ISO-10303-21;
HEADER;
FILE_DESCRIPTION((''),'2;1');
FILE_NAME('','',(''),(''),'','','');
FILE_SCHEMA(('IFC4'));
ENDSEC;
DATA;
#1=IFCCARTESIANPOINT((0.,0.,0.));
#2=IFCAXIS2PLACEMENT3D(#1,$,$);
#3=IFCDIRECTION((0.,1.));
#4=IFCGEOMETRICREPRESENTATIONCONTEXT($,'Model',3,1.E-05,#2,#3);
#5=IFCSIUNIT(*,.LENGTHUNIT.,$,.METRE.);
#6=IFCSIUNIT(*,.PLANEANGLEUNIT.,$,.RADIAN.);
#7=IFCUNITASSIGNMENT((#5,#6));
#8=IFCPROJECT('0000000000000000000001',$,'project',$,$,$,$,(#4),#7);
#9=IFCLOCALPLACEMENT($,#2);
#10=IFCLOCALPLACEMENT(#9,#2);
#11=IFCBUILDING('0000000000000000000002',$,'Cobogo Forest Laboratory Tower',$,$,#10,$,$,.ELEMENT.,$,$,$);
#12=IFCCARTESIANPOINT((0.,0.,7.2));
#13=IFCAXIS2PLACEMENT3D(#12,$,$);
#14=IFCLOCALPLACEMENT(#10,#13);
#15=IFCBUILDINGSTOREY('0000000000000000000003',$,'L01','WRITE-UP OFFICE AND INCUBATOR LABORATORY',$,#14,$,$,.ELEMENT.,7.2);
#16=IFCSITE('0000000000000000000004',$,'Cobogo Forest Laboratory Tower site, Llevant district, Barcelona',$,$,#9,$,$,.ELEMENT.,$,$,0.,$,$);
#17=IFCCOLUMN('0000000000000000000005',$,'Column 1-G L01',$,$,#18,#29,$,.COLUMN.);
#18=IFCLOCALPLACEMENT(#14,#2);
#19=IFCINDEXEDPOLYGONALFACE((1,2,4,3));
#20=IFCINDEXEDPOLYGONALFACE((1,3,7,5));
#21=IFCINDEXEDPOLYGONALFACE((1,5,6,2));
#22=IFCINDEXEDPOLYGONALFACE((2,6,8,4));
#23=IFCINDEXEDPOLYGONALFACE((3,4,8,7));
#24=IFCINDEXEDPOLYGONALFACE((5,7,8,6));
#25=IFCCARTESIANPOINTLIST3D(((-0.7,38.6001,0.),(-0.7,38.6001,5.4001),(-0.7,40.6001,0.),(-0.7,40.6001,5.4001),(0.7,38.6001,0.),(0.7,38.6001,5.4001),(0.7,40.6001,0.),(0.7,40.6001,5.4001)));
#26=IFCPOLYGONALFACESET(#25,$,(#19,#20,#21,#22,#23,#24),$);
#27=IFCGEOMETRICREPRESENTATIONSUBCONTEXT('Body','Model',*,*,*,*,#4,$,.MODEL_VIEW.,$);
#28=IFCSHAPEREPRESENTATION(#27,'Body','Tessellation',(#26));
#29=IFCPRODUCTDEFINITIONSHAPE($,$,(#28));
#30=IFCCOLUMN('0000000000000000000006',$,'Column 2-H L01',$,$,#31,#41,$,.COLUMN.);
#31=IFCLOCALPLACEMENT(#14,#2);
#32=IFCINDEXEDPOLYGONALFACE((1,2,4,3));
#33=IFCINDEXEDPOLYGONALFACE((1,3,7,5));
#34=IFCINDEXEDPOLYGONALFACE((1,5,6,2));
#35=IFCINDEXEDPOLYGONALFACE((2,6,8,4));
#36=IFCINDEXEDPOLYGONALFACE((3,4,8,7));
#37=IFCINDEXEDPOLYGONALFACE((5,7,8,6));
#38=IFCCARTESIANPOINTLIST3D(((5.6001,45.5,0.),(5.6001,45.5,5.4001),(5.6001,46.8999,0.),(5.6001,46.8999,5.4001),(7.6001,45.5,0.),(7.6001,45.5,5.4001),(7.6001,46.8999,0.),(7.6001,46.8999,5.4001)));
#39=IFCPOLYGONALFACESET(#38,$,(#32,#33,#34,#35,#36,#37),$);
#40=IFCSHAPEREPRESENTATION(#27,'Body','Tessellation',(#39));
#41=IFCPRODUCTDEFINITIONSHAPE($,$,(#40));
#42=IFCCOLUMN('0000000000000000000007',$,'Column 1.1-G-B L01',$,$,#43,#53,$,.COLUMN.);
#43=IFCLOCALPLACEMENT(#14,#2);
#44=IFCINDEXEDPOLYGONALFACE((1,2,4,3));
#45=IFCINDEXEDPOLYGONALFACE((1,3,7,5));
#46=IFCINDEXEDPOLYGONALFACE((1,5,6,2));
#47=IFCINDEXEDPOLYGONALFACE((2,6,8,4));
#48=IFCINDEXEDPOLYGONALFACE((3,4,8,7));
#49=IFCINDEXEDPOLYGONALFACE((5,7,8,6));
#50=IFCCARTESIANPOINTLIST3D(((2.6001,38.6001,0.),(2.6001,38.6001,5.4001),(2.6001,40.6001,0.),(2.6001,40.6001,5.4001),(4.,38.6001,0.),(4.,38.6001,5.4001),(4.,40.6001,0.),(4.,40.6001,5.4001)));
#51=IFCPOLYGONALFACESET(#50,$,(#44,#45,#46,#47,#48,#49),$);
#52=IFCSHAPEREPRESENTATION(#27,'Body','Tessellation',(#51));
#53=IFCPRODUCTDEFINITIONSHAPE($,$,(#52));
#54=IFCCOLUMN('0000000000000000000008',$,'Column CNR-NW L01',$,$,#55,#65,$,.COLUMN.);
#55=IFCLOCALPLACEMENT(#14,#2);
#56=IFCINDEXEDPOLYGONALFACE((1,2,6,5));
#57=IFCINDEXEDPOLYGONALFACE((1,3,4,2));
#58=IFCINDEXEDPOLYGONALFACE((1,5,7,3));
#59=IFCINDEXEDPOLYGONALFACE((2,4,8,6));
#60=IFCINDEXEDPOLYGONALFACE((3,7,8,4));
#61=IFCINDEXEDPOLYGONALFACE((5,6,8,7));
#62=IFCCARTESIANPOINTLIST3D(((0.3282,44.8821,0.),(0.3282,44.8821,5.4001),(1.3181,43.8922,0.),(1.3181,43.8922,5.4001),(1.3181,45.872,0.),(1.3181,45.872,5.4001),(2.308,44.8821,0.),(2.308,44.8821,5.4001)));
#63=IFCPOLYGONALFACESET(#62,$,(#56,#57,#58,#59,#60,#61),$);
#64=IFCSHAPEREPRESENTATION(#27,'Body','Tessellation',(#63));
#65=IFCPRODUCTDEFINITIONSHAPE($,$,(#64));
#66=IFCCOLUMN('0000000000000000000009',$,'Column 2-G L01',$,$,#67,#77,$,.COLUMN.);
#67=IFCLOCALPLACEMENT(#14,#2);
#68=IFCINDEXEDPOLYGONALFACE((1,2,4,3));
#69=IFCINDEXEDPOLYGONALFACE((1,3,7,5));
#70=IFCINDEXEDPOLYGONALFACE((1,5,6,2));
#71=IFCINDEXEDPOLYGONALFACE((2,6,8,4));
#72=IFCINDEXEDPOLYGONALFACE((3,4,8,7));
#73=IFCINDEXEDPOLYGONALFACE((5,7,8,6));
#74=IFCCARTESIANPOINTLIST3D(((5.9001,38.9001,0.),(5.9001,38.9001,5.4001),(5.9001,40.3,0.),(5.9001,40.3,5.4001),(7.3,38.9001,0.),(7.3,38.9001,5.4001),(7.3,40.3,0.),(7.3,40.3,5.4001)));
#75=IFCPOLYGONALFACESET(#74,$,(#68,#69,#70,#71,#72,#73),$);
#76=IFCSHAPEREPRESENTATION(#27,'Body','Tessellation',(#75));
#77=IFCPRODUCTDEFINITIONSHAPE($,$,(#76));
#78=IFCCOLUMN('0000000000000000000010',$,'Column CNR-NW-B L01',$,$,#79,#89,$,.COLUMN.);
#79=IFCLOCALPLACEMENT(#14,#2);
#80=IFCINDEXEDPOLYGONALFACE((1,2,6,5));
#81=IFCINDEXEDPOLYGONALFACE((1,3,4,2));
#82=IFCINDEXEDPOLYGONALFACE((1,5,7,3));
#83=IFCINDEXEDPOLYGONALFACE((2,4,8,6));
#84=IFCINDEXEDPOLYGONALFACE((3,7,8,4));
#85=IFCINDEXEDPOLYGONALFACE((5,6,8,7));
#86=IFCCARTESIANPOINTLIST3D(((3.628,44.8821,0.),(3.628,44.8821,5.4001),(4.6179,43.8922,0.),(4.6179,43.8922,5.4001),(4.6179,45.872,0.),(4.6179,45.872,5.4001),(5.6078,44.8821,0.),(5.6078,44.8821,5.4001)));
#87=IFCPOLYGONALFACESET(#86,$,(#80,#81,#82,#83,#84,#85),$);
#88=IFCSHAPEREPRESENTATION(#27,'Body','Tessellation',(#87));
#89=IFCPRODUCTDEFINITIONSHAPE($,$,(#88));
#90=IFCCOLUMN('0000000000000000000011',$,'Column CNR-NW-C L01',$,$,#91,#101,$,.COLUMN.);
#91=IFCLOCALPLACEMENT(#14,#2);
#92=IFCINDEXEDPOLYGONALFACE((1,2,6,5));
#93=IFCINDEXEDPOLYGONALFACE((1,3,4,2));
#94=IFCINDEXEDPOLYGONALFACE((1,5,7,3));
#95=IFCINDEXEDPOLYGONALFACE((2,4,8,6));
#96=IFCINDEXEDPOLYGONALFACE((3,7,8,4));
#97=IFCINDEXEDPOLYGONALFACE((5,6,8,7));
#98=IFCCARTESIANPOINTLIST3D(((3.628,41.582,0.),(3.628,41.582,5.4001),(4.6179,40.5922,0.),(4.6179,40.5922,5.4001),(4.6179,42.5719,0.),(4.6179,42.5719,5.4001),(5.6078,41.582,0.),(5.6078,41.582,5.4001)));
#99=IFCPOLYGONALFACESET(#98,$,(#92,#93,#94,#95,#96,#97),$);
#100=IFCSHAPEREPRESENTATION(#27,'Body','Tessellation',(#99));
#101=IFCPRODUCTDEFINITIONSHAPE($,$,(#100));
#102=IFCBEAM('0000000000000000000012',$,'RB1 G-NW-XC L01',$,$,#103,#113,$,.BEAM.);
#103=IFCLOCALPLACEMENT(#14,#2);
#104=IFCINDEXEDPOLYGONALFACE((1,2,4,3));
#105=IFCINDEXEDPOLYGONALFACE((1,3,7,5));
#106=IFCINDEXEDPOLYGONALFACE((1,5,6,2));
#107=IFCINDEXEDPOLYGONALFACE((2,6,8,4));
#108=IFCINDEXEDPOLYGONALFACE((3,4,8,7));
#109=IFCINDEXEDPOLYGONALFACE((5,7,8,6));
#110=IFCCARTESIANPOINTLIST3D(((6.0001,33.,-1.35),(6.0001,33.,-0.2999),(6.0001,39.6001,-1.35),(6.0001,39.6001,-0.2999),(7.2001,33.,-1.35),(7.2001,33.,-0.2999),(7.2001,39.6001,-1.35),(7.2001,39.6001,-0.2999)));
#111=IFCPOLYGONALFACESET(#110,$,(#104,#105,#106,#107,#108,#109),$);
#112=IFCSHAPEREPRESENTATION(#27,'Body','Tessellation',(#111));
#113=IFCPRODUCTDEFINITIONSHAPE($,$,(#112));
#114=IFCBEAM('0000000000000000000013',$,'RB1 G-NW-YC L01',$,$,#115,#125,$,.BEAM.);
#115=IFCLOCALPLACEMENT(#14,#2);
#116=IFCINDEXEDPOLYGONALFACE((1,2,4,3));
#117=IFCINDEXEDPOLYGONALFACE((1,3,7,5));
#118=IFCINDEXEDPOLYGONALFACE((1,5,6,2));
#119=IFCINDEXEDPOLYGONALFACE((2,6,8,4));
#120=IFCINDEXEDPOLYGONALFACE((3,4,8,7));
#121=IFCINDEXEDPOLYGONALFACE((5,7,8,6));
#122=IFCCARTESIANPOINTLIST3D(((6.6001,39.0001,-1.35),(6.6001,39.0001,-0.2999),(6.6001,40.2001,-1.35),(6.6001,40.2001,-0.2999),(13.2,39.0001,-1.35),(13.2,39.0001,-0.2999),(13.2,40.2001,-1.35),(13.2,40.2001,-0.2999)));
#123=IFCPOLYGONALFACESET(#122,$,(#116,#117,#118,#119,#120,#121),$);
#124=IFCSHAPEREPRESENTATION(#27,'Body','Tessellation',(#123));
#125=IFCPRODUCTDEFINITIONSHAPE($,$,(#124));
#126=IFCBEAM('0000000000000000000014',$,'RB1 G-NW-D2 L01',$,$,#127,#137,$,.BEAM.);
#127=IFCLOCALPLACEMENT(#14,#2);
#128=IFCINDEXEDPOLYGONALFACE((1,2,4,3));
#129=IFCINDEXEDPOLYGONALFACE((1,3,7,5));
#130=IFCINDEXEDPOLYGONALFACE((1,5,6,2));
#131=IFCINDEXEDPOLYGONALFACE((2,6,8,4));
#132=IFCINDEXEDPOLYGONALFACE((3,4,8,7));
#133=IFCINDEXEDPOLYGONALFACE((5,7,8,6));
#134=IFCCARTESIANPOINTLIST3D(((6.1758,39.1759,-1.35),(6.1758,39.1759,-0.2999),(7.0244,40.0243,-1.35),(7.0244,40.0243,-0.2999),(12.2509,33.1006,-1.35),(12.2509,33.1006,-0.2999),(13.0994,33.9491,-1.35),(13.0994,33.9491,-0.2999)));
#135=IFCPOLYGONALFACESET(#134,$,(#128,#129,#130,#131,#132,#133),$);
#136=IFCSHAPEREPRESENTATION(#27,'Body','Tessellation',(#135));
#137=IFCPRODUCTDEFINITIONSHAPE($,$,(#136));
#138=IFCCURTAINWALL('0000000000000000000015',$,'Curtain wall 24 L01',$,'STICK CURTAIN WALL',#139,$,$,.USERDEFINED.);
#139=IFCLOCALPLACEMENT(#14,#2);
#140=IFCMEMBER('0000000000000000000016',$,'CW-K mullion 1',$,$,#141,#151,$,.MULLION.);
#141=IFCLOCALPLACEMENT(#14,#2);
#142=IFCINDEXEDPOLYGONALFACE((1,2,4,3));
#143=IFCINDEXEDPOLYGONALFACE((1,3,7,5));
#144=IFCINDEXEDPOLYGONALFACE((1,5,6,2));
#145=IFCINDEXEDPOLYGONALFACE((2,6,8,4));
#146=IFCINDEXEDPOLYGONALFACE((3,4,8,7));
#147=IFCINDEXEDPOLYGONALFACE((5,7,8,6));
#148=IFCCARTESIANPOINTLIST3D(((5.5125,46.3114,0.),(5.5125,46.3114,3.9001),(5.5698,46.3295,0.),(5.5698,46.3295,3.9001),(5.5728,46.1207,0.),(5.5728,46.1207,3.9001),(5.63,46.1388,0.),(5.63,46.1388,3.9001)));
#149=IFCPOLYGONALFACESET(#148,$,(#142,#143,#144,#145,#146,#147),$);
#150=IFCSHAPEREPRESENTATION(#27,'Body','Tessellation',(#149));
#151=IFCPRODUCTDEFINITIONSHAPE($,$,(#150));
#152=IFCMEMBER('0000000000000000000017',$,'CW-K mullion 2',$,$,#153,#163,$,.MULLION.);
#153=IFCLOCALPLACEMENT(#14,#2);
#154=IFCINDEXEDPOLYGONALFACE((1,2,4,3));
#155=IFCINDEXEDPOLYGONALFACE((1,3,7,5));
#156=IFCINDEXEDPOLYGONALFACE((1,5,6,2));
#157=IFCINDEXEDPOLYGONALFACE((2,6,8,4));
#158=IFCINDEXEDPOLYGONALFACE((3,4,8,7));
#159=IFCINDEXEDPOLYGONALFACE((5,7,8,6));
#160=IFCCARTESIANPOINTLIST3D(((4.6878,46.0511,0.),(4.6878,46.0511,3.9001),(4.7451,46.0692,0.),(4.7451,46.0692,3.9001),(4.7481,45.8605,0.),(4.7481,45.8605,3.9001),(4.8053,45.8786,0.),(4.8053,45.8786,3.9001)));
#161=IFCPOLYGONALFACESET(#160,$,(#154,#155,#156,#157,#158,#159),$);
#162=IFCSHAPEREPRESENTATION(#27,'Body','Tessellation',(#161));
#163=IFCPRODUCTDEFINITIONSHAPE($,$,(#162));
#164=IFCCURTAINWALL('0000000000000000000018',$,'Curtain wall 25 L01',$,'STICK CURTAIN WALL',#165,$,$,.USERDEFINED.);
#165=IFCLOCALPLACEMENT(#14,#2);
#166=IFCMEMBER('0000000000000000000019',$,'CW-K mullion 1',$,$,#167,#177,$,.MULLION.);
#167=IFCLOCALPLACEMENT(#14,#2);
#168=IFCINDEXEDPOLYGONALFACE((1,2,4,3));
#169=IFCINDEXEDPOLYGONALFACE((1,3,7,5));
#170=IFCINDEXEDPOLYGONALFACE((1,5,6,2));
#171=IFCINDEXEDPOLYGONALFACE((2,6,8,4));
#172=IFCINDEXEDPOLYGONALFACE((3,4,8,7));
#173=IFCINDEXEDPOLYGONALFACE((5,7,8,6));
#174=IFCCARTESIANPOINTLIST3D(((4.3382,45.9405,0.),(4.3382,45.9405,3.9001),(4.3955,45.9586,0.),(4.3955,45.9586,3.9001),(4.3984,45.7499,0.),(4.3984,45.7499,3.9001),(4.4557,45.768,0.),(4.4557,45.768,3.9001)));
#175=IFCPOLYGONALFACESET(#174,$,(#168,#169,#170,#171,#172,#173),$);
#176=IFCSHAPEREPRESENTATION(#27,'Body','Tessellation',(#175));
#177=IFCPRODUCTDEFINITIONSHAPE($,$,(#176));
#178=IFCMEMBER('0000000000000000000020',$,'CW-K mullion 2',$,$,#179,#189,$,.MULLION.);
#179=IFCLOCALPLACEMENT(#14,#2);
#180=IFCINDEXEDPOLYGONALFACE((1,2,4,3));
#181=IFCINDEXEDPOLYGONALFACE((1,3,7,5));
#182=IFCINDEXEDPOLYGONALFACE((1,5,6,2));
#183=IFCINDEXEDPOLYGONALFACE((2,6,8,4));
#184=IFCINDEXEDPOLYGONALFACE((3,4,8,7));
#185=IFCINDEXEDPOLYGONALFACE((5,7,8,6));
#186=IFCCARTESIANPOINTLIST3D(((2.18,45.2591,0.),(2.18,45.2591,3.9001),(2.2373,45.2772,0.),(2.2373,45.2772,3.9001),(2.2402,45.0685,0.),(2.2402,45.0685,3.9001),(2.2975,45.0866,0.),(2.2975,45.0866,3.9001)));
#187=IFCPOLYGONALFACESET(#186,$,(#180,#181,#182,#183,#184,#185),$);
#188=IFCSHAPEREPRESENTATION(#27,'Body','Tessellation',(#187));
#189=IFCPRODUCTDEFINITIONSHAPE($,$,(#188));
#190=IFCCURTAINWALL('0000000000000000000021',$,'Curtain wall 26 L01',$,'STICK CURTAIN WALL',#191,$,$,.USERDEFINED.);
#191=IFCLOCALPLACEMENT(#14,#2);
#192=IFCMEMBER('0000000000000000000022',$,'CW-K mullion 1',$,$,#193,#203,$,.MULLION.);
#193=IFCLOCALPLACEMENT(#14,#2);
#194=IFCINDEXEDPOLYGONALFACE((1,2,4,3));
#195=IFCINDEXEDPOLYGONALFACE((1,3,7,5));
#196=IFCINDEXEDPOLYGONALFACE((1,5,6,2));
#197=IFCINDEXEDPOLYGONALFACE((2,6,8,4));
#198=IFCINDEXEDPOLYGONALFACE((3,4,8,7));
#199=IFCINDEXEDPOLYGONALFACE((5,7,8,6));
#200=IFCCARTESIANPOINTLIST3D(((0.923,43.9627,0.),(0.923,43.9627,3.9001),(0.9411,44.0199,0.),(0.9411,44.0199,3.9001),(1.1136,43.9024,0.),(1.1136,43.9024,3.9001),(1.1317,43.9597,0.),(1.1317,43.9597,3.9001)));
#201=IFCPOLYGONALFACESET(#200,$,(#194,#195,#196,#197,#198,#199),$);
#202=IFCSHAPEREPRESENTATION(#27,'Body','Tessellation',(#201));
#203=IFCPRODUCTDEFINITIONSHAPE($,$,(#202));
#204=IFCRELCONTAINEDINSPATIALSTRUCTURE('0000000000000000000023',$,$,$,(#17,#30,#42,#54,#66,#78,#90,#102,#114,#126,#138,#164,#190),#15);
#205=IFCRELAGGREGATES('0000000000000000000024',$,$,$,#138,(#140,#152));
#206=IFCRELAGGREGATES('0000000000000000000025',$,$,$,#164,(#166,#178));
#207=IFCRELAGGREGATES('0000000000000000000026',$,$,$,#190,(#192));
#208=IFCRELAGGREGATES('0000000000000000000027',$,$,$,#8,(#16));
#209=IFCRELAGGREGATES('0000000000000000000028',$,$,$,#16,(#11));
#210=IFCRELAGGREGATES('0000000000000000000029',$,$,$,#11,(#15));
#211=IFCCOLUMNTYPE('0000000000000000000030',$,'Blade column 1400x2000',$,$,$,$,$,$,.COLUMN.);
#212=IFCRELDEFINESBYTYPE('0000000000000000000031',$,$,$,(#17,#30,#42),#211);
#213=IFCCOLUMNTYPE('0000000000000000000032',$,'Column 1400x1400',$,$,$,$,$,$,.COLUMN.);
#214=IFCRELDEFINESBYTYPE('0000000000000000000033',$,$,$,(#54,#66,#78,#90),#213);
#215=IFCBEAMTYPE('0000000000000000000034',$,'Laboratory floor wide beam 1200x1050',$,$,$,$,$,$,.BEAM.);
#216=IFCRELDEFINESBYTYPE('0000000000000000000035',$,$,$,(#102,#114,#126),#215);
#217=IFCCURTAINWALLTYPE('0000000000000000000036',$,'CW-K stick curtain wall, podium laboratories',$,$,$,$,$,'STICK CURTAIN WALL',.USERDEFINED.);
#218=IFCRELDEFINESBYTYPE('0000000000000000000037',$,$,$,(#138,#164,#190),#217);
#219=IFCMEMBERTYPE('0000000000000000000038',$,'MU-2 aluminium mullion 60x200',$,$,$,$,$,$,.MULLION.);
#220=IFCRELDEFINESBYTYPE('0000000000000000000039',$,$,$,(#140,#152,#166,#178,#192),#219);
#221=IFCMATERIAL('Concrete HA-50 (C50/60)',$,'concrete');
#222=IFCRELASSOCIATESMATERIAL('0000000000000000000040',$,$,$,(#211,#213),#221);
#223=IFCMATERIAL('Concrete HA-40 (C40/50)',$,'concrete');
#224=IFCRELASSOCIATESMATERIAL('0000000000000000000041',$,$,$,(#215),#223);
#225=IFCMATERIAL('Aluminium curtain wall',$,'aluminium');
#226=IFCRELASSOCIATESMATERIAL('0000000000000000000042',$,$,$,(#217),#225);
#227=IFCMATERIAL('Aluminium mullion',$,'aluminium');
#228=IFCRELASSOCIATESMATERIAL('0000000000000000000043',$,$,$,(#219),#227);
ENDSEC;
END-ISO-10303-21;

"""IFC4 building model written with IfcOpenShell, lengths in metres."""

from ifc_helpers import new_model, si_unit, direction, frame, origin, origin_2d, place, context, subcontext, project, spatial, rectangle, extrude, material, material_profile, profile_set, type_object, element, aggregate, save


model = new_model("IFC4")

# Units and contexts
model_context = context("Model", 3, precision=1e-05, world=origin(), true_north=direction((0.0, 1.0)))
body_context = subcontext(model_context, "Body", "Model", "MODEL_VIEW")
ifc_project = project(units=[si_unit("LENGTHUNIT", "METRE"), si_unit("PLANEANGLEUNIT", "RADIAN")], contexts=[model_context])

# Site, building, storey
site_placement = place(None, origin())
site = spatial("IfcSite", under=ifc_project, at=site_placement, Name="Cobogo Forest Laboratory Tower site, Llevant district, Barcelona", CompositionType="ELEMENT", RefElevation=0.0)
building_placement = place(site_placement, origin())
building = spatial("IfcBuilding", under=site, at=building_placement, Name="Cobogo Forest Laboratory Tower", CompositionType="ELEMENT")
storey_placement = place(building_placement, frame((0.0, 0.0, 7.2)))
storey = spatial("IfcBuildingStorey", under=building, at=storey_placement, Name="L01", Description="WRITE-UP OFFICE AND INCUBATOR LABORATORY", CompositionType="ELEMENT", Elevation=7.2)

# Columns
ifc_material_1 = material(Name="Concrete HA-50 (C50/60)", Category="concrete")
ifc_material_profile_1 = material_profile(ifc_material_1, rectangle(XDim=2.0, YDim=1.3999, at=origin_2d()), Name="RC 1400x2000")
ifc_profile_set_1 = profile_set([ifc_material_profile_1], Name="Concrete HA-50 (C50/60)")
column_type_1 = type_object("IfcColumnType", Name="Blade column 1400x2000", PredefinedType="COLUMN", material=ifc_profile_set_1)
for number, where, z_axis, x_axis, name in (
    (1, (0.0, 39.6001, 0.0), (0.0, 0.0, 1.0), (0.0, 1.0, 0.0), "Column 1-G L01"),
    (2, (6.6001, 46.2, 0.0), (0.0, 0.0, 1.0), (1.0, 0.0, 0.0), "Column 2-H L01"),
    (3, (3.3, 39.6001, 0.0), (0.0, 0.0, 1.0), (0.0, 1.0, 0.0), "Column 1.1-G-B L01"),
):
    element("IfcColumn", number, at=place(storey_placement, frame(where, z_axis=z_axis, x_axis=x_axis)), inside=storey, type_object=column_type_1, Name=name, PredefinedType="COLUMN", context=body_context, shape_type="SweptSolid", body=[
        extrude(rectangle(XDim=2.0, YDim=1.3999, at=origin_2d()), origin(), (0.0, 0.0, 1.0), 5.4001),
    ])
ifc_material_profile_2 = material_profile(ifc_material_1, rectangle(XDim=1.3999, YDim=1.3999, at=origin_2d()), Name="RC 1400x1400")
ifc_profile_set_2 = profile_set([ifc_material_profile_2], Name="Concrete HA-50 (C50/60)")
column_type_2 = type_object("IfcColumnType", Name="Column 1400x1400", PredefinedType="COLUMN", material=ifc_profile_set_2)
for number, where, z_axis, x_axis, name in (
    (4, (1.3181, 44.8821, 0.0), (0.0, 0.0, 1.0), (0.707107, 0.707107, 0.0), "Column CNR-NW L01"),
    (5, (6.6001, 39.6001, 0.0), (0.0, 0.0, 1.0), (1.0, 0.0, 0.0), "Column 2-G L01"),
    (6, (4.6179, 44.8821, 0.0), (0.0, 0.0, 1.0), (0.707107, 0.707107, 0.0), "Column CNR-NW-B L01"),
    (7, (4.6179, 41.582, 0.0), (0.0, 0.0, 1.0), (0.707107, 0.707107, 0.0), "Column CNR-NW-C L01"),
):
    element("IfcColumn", number, at=place(storey_placement, frame(where, z_axis=z_axis, x_axis=x_axis)), inside=storey, type_object=column_type_2, Name=name, PredefinedType="COLUMN", context=body_context, shape_type="SweptSolid", body=[
        extrude(rectangle(XDim=1.3999, YDim=1.3999, at=origin_2d()), origin(), (0.0, 0.0, 1.0), 5.4001),
    ])

# Beams
ifc_material_2 = material(Name="Concrete HA-40 (C40/50)", Category="concrete")
ifc_material_profile_3 = material_profile(ifc_material_2, rectangle(XDim=1.2, YDim=1.05, at=origin_2d()), Name="RC 1200x1050")
ifc_profile_set_3 = profile_set([ifc_material_profile_3], Name="Concrete HA-40 (C40/50)")
beam_type_1 = type_object("IfcBeamType", Name="Laboratory floor wide beam 1200x1050", PredefinedType="BEAM", material=ifc_profile_set_3)
beam_1_placement = place(storey_placement, frame((6.6001, 39.6001, -0.825), z_axis=(0.0, -1.0, 0.0), x_axis=(1.0, 0.0, 0.0)))
element("IfcBeam", 8, at=beam_1_placement, inside=storey, type_object=beam_type_1, Name="RB1 G-NW-XC L01", PredefinedType="BEAM", context=body_context, shape_type="SweptSolid", body=[
    extrude(rectangle(XDim=1.2, YDim=1.05, at=origin_2d()), origin(), (0.0, 0.0, 1.0), 6.6001),
])
beam_2_placement = place(storey_placement, frame((6.6001, 39.6001, -0.825), z_axis=(1.0, 0.0, 0.0), x_axis=(0.0, 1.0, 0.0)))
element("IfcBeam", 9, at=beam_2_placement, inside=storey, type_object=beam_type_1, Name="RB1 G-NW-YC L01", PredefinedType="BEAM", context=body_context, shape_type="SweptSolid", body=[
    extrude(rectangle(XDim=1.2, YDim=1.05, at=origin_2d()), origin(), (0.0, 0.0, 1.0), 6.5999),
])
beam_3_placement = place(storey_placement, frame((6.6001, 39.6001, -0.825), z_axis=(0.707093, -0.707121, 0.0), x_axis=(0.707121, 0.707093, 0.0)))
element("IfcBeam", 10, at=beam_3_placement, inside=storey, type_object=beam_type_1, Name="RB1 G-NW-D2 L01", PredefinedType="BEAM", context=body_context, shape_type="SweptSolid", body=[
    extrude(rectangle(XDim=1.2, YDim=1.05, at=origin_2d()), origin(), (0.0, 0.0, 1.0), 8.5916),
])

# Curtain walls, members
ifc_material_3 = material(Name="Aluminium curtain wall", Category="aluminium")
curtain_wall_type = type_object("IfcCurtainWallType", Name="CW-K stick curtain wall, podium laboratories", ElementType="STICK CURTAIN WALL", PredefinedType="USERDEFINED", material=ifc_material_3)
curtain_wall_1_placement = place(storey_placement, origin())
curtain_wall_1 = element("IfcCurtainWall", 11, at=curtain_wall_1_placement, inside=storey, type_object=curtain_wall_type, Name="Curtain wall 24 L01", ObjectType="STICK CURTAIN WALL", PredefinedType="USERDEFINED")
ifc_material_4 = material(Name="Aluminium mullion", Category="aluminium")
ifc_material_profile_4 = material_profile(ifc_material_4, rectangle(XDim=0.0601, YDim=0.2, at=origin_2d()), Name="AL 60x200")
ifc_profile_set_4 = profile_set([ifc_material_profile_4], Name="Aluminium mullion")
member_type_1 = type_object("IfcMemberType", Name="MU-2 aluminium mullion 60x200", PredefinedType="MULLION", material=ifc_profile_set_4)
member_1_placement = place(storey_placement, frame((5.5713, 46.2251, 0.0), z_axis=(0.0, 0.0, 1.0), x_axis=(-0.953581, -0.301135, 0.0)))
member_1 = element("IfcMember", 12, at=member_1_placement, type_object=member_type_1, Name="CW-K mullion 1", PredefinedType="MULLION", context=body_context, shape_type="SweptSolid", body=[
    extrude(rectangle(XDim=0.0601, YDim=0.2, at=origin_2d()), origin(), (0.0, 0.0, 1.0), 3.9001),
])
member_2_placement = place(storey_placement, frame((4.7466, 45.9648, 0.0), z_axis=(0.0, 0.0, 1.0), x_axis=(-0.953581, -0.301135, 0.0)))
member_2 = element("IfcMember", 13, at=member_2_placement, type_object=member_type_1, Name="CW-K mullion 2", PredefinedType="MULLION", context=body_context, shape_type="SweptSolid", body=[
    extrude(rectangle(XDim=0.0601, YDim=0.2, at=origin_2d()), origin(), (0.0, 0.0, 1.0), 3.9001),
])
curtain_wall_2_placement = place(storey_placement, origin())
curtain_wall_2 = element("IfcCurtainWall", 14, at=curtain_wall_2_placement, inside=storey, type_object=curtain_wall_type, Name="Curtain wall 25 L01", ObjectType="STICK CURTAIN WALL", PredefinedType="USERDEFINED")
member_3_placement = place(storey_placement, frame((4.397, 45.8542, 0.0), z_axis=(0.0, 0.0, 1.0), x_axis=(-0.953581, -0.301135, 0.0)))
member_3 = element("IfcMember", 15, at=member_3_placement, type_object=member_type_1, Name="CW-K mullion 1", PredefinedType="MULLION", context=body_context, shape_type="SweptSolid", body=[
    extrude(rectangle(XDim=0.0601, YDim=0.2, at=origin_2d()), origin(), (0.0, 0.0, 1.0), 3.9001),
])
member_4_placement = place(storey_placement, frame((2.2388, 45.1729, 0.0), z_axis=(0.0, 0.0, 1.0), x_axis=(-0.953581, -0.301135, 0.0)))
member_4 = element("IfcMember", 16, at=member_4_placement, type_object=member_type_1, Name="CW-K mullion 2", PredefinedType="MULLION", context=body_context, shape_type="SweptSolid", body=[
    extrude(rectangle(XDim=0.0601, YDim=0.2, at=origin_2d()), origin(), (0.0, 0.0, 1.0), 3.9001),
])
curtain_wall_3_placement = place(storey_placement, origin())
curtain_wall_3 = element("IfcCurtainWall", 17, at=curtain_wall_3_placement, inside=storey, type_object=curtain_wall_type, Name="Curtain wall 26 L01", ObjectType="STICK CURTAIN WALL", PredefinedType="USERDEFINED")
member_5_placement = place(storey_placement, frame((1.0273, 43.9612, 0.0), z_axis=(0.0, 0.0, 1.0), x_axis=(-0.301135, -0.953581, 0.0)))
member_5 = element("IfcMember", 18, at=member_5_placement, type_object=member_type_1, Name="CW-K mullion 1", PredefinedType="MULLION", context=body_context, shape_type="SweptSolid", body=[
    extrude(rectangle(XDim=0.0601, YDim=0.2, at=origin_2d()), origin(), (0.0, 0.0, 1.0), 3.9001),
])

aggregate(curtain_wall_1, [member_1, member_2])
aggregate(curtain_wall_2, [member_3, member_4])
aggregate(curtain_wall_3, [member_5])

save(model, "model.ifc")
